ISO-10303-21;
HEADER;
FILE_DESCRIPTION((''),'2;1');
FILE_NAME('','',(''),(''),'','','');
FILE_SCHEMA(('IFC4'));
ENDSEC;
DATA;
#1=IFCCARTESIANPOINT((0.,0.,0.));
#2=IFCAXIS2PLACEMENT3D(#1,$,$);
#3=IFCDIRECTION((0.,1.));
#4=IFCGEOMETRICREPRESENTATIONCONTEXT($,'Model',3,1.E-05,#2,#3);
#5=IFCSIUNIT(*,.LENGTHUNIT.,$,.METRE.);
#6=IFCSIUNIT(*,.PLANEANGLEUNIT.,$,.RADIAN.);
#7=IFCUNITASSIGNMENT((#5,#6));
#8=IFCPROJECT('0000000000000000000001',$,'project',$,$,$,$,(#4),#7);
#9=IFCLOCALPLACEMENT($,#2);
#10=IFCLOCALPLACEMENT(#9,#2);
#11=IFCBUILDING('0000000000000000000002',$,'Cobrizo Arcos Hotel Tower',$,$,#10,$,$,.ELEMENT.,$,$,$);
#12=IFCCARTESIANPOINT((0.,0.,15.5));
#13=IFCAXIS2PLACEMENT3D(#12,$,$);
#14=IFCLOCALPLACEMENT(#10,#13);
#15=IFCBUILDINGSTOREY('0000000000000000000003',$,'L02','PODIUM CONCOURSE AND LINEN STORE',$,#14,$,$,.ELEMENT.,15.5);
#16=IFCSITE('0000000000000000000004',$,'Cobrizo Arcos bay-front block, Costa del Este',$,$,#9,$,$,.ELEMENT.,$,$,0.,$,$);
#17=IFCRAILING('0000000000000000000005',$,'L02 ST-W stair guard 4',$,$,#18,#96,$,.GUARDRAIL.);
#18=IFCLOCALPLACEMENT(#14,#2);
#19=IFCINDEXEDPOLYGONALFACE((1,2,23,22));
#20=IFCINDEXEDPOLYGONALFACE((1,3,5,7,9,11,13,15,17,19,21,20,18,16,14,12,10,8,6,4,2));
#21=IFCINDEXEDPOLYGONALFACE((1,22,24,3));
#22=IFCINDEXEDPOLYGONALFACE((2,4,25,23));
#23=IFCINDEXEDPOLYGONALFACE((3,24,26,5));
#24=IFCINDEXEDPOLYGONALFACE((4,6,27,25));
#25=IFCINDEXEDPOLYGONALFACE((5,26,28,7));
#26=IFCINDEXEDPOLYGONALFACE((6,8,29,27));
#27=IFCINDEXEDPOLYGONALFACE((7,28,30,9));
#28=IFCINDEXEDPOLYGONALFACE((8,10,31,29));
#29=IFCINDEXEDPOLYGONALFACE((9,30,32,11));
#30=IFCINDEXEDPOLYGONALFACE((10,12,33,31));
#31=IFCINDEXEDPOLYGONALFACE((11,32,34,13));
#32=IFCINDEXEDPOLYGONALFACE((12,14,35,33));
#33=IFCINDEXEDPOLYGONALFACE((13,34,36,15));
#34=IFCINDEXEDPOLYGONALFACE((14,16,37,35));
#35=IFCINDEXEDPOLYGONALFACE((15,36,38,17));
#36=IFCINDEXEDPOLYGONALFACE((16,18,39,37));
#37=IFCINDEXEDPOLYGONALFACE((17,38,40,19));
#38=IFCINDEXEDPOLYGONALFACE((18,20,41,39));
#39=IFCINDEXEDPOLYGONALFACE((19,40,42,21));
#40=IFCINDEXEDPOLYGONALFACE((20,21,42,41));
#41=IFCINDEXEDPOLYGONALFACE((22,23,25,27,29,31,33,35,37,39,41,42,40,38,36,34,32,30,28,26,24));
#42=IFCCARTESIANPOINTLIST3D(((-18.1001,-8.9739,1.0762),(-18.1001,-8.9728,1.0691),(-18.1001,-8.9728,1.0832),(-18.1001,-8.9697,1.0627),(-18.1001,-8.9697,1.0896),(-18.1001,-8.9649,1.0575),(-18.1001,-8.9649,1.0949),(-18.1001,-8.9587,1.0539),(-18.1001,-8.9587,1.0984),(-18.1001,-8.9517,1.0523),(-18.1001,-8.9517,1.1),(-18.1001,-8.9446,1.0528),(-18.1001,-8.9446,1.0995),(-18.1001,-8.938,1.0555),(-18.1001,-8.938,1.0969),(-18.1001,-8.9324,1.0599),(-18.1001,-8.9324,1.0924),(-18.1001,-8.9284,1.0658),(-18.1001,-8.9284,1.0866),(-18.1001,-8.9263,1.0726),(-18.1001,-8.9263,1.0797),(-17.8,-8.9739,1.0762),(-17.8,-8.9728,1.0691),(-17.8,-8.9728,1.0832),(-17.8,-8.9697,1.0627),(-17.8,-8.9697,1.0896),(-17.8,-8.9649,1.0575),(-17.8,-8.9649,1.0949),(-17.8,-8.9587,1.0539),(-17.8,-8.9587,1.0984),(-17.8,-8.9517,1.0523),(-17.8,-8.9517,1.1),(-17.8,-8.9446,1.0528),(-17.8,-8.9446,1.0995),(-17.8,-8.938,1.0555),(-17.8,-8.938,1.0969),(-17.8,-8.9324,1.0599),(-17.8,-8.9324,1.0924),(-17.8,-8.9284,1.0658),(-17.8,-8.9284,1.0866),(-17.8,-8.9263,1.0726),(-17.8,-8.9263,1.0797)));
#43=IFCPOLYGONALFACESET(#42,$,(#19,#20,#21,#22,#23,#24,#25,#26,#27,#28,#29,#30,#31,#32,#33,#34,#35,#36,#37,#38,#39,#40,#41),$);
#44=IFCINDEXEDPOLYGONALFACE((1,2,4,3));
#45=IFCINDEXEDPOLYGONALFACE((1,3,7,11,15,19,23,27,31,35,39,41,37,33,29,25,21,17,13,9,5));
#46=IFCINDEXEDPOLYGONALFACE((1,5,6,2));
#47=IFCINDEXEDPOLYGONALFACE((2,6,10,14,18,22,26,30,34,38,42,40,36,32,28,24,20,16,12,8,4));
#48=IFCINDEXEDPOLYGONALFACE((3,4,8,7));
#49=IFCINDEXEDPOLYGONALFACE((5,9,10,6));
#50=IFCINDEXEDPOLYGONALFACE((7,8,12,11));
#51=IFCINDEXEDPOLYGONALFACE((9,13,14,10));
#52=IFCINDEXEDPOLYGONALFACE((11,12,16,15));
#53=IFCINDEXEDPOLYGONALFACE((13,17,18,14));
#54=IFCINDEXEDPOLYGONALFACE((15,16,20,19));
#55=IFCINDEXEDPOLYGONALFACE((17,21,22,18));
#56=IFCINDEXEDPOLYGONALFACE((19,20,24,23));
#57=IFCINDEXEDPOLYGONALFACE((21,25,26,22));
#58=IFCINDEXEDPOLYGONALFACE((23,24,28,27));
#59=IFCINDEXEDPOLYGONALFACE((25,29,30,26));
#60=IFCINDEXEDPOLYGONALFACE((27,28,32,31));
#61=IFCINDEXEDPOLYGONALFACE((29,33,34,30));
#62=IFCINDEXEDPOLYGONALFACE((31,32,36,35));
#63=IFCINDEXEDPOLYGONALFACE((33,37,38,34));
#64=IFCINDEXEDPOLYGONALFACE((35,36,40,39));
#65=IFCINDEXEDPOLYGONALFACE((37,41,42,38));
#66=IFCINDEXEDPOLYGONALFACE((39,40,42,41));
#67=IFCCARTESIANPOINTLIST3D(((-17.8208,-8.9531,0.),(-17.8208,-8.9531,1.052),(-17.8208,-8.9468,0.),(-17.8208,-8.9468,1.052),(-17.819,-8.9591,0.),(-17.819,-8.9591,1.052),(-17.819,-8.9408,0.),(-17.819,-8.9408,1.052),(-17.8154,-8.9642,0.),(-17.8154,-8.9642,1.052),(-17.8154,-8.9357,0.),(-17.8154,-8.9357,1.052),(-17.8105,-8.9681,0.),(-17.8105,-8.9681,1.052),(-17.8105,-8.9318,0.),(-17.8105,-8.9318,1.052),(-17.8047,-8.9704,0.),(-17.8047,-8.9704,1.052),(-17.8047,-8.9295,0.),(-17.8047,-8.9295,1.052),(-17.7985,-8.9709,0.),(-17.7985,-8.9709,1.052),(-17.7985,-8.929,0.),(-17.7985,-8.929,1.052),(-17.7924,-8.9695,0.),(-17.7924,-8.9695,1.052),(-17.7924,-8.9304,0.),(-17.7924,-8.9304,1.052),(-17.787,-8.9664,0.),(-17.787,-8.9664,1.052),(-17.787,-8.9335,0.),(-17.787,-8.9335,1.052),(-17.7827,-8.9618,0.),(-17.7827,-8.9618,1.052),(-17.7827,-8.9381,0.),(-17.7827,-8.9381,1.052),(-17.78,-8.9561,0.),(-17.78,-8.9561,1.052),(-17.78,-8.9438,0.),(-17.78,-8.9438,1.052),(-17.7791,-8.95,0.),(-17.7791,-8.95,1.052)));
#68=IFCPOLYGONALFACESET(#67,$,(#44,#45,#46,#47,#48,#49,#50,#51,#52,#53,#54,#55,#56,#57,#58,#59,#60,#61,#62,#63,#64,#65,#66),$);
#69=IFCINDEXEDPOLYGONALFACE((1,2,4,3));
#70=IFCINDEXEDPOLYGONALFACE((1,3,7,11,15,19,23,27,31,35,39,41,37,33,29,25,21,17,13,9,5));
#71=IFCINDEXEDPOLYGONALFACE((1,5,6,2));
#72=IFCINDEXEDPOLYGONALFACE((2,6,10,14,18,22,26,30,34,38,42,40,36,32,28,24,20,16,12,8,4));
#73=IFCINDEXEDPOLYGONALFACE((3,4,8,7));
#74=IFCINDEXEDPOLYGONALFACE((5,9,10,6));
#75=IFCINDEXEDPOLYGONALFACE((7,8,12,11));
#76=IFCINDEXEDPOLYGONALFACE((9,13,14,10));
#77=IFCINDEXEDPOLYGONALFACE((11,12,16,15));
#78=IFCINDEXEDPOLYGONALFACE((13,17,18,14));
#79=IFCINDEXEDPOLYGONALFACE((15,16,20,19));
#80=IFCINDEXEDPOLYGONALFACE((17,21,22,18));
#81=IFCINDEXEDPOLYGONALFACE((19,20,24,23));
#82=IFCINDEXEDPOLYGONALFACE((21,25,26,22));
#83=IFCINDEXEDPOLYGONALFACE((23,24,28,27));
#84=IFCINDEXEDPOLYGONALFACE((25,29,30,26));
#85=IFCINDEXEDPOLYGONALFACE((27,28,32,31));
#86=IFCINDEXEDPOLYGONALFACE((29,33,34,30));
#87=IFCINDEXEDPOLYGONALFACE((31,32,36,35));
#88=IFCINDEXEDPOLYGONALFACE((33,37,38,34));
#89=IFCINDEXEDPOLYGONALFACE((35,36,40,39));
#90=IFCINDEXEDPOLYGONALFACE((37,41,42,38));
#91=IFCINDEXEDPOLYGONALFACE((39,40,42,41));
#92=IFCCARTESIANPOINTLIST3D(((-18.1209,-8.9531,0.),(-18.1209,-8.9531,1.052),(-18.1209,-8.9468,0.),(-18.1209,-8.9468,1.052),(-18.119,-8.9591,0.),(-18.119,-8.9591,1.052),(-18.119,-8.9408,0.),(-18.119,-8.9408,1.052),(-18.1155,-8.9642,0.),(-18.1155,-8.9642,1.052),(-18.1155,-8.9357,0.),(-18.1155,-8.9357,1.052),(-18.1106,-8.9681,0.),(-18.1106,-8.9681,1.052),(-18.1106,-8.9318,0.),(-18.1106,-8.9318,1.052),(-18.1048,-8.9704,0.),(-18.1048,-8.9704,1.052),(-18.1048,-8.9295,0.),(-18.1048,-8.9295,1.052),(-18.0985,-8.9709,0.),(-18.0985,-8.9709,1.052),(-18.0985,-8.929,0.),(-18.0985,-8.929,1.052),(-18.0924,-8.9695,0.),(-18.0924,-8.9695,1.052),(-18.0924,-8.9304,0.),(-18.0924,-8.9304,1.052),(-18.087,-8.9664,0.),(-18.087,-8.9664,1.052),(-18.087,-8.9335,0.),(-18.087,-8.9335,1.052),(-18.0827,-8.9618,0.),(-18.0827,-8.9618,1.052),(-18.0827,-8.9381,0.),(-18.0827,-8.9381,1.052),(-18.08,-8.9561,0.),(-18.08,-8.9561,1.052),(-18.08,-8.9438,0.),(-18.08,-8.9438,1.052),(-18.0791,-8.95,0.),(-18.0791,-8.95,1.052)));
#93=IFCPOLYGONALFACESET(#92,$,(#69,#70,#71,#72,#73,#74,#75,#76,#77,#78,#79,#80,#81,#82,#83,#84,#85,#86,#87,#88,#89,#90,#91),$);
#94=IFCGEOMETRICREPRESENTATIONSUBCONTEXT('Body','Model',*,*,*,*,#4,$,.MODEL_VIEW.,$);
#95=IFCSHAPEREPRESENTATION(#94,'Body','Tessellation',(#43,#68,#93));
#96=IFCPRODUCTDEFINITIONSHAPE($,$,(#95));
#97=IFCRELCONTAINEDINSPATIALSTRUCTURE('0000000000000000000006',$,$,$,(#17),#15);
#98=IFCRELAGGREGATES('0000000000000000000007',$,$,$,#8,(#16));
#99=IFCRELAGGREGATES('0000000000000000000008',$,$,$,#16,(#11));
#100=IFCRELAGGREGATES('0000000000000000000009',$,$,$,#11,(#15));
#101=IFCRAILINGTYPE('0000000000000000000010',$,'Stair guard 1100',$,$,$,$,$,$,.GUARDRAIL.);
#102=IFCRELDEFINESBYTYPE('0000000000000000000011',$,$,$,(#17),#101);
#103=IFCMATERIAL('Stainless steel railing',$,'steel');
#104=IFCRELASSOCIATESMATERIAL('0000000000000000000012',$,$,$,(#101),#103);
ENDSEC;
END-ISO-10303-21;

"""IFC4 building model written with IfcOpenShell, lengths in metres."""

from ifc_helpers import new_model, si_unit, direction, frame, origin, origin_2d, place, context, subcontext, project, spatial, circle, extrude, material, type_object, element, save


model = new_model("IFC4")

# Units and contexts
model_context = context("Model", 3, precision=1e-05, world=origin(), true_north=direction((0.0, 1.0)))
body_context = subcontext(model_context, "Body", "Model", "MODEL_VIEW")
ifc_project = project(units=[si_unit("LENGTHUNIT", "METRE"), si_unit("PLANEANGLEUNIT", "RADIAN")], contexts=[model_context])

# Site, building, storey
site_placement = place(None, origin())
site = spatial("IfcSite", under=ifc_project, at=site_placement, Name="Cobrizo Arcos bay-front block, Costa del Este", CompositionType="ELEMENT", RefElevation=0.0)
building_placement = place(site_placement, origin())
building = spatial("IfcBuilding", under=site, at=building_placement, Name="Cobrizo Arcos Hotel Tower", CompositionType="ELEMENT")
storey_placement = place(building_placement, frame((0.0, 0.0, 15.5)))
storey = spatial("IfcBuildingStorey", under=building, at=storey_placement, Name="L02", Description="PODIUM CONCOURSE AND LINEN STORE", CompositionType="ELEMENT", Elevation=15.5)

# Railing
ifc_material_1 = material(Name="Stainless steel railing", Category="steel")
railing_type_1 = type_object("IfcRailingType", Name="Stair guard 1100", PredefinedType="GUARDRAIL", material=ifc_material_1)
railing_1_placement = place(storey_placement, frame((-17.8, -8.95, 0.0)))
element("IfcRailing", 1, at=railing_1_placement, inside=storey, type_object=railing_type_1, Name="L02 ST-W stair guard 4", PredefinedType="GUARDRAIL", context=body_context, shape_type="SweptSolid", body=[
    extrude(circle(Radius=0.0239, at=origin_2d()), frame((0.0, 0.0, 1.0762), z_axis=(-1.0, 0.0, 0.0), x_axis=(0.0, -1.0, 0.0)), (0.0, 0.0, 1.0), 0.3),
    extrude(circle(Radius=0.021, at=origin_2d()), origin(), (0.0, 0.0, 1.0), 1.052),
    extrude(circle(Radius=0.021, at=origin_2d()), frame((-0.3, 0.0, 0.0)), (0.0, 0.0, 1.0), 1.052),
])

save(model, "model.ifc")
